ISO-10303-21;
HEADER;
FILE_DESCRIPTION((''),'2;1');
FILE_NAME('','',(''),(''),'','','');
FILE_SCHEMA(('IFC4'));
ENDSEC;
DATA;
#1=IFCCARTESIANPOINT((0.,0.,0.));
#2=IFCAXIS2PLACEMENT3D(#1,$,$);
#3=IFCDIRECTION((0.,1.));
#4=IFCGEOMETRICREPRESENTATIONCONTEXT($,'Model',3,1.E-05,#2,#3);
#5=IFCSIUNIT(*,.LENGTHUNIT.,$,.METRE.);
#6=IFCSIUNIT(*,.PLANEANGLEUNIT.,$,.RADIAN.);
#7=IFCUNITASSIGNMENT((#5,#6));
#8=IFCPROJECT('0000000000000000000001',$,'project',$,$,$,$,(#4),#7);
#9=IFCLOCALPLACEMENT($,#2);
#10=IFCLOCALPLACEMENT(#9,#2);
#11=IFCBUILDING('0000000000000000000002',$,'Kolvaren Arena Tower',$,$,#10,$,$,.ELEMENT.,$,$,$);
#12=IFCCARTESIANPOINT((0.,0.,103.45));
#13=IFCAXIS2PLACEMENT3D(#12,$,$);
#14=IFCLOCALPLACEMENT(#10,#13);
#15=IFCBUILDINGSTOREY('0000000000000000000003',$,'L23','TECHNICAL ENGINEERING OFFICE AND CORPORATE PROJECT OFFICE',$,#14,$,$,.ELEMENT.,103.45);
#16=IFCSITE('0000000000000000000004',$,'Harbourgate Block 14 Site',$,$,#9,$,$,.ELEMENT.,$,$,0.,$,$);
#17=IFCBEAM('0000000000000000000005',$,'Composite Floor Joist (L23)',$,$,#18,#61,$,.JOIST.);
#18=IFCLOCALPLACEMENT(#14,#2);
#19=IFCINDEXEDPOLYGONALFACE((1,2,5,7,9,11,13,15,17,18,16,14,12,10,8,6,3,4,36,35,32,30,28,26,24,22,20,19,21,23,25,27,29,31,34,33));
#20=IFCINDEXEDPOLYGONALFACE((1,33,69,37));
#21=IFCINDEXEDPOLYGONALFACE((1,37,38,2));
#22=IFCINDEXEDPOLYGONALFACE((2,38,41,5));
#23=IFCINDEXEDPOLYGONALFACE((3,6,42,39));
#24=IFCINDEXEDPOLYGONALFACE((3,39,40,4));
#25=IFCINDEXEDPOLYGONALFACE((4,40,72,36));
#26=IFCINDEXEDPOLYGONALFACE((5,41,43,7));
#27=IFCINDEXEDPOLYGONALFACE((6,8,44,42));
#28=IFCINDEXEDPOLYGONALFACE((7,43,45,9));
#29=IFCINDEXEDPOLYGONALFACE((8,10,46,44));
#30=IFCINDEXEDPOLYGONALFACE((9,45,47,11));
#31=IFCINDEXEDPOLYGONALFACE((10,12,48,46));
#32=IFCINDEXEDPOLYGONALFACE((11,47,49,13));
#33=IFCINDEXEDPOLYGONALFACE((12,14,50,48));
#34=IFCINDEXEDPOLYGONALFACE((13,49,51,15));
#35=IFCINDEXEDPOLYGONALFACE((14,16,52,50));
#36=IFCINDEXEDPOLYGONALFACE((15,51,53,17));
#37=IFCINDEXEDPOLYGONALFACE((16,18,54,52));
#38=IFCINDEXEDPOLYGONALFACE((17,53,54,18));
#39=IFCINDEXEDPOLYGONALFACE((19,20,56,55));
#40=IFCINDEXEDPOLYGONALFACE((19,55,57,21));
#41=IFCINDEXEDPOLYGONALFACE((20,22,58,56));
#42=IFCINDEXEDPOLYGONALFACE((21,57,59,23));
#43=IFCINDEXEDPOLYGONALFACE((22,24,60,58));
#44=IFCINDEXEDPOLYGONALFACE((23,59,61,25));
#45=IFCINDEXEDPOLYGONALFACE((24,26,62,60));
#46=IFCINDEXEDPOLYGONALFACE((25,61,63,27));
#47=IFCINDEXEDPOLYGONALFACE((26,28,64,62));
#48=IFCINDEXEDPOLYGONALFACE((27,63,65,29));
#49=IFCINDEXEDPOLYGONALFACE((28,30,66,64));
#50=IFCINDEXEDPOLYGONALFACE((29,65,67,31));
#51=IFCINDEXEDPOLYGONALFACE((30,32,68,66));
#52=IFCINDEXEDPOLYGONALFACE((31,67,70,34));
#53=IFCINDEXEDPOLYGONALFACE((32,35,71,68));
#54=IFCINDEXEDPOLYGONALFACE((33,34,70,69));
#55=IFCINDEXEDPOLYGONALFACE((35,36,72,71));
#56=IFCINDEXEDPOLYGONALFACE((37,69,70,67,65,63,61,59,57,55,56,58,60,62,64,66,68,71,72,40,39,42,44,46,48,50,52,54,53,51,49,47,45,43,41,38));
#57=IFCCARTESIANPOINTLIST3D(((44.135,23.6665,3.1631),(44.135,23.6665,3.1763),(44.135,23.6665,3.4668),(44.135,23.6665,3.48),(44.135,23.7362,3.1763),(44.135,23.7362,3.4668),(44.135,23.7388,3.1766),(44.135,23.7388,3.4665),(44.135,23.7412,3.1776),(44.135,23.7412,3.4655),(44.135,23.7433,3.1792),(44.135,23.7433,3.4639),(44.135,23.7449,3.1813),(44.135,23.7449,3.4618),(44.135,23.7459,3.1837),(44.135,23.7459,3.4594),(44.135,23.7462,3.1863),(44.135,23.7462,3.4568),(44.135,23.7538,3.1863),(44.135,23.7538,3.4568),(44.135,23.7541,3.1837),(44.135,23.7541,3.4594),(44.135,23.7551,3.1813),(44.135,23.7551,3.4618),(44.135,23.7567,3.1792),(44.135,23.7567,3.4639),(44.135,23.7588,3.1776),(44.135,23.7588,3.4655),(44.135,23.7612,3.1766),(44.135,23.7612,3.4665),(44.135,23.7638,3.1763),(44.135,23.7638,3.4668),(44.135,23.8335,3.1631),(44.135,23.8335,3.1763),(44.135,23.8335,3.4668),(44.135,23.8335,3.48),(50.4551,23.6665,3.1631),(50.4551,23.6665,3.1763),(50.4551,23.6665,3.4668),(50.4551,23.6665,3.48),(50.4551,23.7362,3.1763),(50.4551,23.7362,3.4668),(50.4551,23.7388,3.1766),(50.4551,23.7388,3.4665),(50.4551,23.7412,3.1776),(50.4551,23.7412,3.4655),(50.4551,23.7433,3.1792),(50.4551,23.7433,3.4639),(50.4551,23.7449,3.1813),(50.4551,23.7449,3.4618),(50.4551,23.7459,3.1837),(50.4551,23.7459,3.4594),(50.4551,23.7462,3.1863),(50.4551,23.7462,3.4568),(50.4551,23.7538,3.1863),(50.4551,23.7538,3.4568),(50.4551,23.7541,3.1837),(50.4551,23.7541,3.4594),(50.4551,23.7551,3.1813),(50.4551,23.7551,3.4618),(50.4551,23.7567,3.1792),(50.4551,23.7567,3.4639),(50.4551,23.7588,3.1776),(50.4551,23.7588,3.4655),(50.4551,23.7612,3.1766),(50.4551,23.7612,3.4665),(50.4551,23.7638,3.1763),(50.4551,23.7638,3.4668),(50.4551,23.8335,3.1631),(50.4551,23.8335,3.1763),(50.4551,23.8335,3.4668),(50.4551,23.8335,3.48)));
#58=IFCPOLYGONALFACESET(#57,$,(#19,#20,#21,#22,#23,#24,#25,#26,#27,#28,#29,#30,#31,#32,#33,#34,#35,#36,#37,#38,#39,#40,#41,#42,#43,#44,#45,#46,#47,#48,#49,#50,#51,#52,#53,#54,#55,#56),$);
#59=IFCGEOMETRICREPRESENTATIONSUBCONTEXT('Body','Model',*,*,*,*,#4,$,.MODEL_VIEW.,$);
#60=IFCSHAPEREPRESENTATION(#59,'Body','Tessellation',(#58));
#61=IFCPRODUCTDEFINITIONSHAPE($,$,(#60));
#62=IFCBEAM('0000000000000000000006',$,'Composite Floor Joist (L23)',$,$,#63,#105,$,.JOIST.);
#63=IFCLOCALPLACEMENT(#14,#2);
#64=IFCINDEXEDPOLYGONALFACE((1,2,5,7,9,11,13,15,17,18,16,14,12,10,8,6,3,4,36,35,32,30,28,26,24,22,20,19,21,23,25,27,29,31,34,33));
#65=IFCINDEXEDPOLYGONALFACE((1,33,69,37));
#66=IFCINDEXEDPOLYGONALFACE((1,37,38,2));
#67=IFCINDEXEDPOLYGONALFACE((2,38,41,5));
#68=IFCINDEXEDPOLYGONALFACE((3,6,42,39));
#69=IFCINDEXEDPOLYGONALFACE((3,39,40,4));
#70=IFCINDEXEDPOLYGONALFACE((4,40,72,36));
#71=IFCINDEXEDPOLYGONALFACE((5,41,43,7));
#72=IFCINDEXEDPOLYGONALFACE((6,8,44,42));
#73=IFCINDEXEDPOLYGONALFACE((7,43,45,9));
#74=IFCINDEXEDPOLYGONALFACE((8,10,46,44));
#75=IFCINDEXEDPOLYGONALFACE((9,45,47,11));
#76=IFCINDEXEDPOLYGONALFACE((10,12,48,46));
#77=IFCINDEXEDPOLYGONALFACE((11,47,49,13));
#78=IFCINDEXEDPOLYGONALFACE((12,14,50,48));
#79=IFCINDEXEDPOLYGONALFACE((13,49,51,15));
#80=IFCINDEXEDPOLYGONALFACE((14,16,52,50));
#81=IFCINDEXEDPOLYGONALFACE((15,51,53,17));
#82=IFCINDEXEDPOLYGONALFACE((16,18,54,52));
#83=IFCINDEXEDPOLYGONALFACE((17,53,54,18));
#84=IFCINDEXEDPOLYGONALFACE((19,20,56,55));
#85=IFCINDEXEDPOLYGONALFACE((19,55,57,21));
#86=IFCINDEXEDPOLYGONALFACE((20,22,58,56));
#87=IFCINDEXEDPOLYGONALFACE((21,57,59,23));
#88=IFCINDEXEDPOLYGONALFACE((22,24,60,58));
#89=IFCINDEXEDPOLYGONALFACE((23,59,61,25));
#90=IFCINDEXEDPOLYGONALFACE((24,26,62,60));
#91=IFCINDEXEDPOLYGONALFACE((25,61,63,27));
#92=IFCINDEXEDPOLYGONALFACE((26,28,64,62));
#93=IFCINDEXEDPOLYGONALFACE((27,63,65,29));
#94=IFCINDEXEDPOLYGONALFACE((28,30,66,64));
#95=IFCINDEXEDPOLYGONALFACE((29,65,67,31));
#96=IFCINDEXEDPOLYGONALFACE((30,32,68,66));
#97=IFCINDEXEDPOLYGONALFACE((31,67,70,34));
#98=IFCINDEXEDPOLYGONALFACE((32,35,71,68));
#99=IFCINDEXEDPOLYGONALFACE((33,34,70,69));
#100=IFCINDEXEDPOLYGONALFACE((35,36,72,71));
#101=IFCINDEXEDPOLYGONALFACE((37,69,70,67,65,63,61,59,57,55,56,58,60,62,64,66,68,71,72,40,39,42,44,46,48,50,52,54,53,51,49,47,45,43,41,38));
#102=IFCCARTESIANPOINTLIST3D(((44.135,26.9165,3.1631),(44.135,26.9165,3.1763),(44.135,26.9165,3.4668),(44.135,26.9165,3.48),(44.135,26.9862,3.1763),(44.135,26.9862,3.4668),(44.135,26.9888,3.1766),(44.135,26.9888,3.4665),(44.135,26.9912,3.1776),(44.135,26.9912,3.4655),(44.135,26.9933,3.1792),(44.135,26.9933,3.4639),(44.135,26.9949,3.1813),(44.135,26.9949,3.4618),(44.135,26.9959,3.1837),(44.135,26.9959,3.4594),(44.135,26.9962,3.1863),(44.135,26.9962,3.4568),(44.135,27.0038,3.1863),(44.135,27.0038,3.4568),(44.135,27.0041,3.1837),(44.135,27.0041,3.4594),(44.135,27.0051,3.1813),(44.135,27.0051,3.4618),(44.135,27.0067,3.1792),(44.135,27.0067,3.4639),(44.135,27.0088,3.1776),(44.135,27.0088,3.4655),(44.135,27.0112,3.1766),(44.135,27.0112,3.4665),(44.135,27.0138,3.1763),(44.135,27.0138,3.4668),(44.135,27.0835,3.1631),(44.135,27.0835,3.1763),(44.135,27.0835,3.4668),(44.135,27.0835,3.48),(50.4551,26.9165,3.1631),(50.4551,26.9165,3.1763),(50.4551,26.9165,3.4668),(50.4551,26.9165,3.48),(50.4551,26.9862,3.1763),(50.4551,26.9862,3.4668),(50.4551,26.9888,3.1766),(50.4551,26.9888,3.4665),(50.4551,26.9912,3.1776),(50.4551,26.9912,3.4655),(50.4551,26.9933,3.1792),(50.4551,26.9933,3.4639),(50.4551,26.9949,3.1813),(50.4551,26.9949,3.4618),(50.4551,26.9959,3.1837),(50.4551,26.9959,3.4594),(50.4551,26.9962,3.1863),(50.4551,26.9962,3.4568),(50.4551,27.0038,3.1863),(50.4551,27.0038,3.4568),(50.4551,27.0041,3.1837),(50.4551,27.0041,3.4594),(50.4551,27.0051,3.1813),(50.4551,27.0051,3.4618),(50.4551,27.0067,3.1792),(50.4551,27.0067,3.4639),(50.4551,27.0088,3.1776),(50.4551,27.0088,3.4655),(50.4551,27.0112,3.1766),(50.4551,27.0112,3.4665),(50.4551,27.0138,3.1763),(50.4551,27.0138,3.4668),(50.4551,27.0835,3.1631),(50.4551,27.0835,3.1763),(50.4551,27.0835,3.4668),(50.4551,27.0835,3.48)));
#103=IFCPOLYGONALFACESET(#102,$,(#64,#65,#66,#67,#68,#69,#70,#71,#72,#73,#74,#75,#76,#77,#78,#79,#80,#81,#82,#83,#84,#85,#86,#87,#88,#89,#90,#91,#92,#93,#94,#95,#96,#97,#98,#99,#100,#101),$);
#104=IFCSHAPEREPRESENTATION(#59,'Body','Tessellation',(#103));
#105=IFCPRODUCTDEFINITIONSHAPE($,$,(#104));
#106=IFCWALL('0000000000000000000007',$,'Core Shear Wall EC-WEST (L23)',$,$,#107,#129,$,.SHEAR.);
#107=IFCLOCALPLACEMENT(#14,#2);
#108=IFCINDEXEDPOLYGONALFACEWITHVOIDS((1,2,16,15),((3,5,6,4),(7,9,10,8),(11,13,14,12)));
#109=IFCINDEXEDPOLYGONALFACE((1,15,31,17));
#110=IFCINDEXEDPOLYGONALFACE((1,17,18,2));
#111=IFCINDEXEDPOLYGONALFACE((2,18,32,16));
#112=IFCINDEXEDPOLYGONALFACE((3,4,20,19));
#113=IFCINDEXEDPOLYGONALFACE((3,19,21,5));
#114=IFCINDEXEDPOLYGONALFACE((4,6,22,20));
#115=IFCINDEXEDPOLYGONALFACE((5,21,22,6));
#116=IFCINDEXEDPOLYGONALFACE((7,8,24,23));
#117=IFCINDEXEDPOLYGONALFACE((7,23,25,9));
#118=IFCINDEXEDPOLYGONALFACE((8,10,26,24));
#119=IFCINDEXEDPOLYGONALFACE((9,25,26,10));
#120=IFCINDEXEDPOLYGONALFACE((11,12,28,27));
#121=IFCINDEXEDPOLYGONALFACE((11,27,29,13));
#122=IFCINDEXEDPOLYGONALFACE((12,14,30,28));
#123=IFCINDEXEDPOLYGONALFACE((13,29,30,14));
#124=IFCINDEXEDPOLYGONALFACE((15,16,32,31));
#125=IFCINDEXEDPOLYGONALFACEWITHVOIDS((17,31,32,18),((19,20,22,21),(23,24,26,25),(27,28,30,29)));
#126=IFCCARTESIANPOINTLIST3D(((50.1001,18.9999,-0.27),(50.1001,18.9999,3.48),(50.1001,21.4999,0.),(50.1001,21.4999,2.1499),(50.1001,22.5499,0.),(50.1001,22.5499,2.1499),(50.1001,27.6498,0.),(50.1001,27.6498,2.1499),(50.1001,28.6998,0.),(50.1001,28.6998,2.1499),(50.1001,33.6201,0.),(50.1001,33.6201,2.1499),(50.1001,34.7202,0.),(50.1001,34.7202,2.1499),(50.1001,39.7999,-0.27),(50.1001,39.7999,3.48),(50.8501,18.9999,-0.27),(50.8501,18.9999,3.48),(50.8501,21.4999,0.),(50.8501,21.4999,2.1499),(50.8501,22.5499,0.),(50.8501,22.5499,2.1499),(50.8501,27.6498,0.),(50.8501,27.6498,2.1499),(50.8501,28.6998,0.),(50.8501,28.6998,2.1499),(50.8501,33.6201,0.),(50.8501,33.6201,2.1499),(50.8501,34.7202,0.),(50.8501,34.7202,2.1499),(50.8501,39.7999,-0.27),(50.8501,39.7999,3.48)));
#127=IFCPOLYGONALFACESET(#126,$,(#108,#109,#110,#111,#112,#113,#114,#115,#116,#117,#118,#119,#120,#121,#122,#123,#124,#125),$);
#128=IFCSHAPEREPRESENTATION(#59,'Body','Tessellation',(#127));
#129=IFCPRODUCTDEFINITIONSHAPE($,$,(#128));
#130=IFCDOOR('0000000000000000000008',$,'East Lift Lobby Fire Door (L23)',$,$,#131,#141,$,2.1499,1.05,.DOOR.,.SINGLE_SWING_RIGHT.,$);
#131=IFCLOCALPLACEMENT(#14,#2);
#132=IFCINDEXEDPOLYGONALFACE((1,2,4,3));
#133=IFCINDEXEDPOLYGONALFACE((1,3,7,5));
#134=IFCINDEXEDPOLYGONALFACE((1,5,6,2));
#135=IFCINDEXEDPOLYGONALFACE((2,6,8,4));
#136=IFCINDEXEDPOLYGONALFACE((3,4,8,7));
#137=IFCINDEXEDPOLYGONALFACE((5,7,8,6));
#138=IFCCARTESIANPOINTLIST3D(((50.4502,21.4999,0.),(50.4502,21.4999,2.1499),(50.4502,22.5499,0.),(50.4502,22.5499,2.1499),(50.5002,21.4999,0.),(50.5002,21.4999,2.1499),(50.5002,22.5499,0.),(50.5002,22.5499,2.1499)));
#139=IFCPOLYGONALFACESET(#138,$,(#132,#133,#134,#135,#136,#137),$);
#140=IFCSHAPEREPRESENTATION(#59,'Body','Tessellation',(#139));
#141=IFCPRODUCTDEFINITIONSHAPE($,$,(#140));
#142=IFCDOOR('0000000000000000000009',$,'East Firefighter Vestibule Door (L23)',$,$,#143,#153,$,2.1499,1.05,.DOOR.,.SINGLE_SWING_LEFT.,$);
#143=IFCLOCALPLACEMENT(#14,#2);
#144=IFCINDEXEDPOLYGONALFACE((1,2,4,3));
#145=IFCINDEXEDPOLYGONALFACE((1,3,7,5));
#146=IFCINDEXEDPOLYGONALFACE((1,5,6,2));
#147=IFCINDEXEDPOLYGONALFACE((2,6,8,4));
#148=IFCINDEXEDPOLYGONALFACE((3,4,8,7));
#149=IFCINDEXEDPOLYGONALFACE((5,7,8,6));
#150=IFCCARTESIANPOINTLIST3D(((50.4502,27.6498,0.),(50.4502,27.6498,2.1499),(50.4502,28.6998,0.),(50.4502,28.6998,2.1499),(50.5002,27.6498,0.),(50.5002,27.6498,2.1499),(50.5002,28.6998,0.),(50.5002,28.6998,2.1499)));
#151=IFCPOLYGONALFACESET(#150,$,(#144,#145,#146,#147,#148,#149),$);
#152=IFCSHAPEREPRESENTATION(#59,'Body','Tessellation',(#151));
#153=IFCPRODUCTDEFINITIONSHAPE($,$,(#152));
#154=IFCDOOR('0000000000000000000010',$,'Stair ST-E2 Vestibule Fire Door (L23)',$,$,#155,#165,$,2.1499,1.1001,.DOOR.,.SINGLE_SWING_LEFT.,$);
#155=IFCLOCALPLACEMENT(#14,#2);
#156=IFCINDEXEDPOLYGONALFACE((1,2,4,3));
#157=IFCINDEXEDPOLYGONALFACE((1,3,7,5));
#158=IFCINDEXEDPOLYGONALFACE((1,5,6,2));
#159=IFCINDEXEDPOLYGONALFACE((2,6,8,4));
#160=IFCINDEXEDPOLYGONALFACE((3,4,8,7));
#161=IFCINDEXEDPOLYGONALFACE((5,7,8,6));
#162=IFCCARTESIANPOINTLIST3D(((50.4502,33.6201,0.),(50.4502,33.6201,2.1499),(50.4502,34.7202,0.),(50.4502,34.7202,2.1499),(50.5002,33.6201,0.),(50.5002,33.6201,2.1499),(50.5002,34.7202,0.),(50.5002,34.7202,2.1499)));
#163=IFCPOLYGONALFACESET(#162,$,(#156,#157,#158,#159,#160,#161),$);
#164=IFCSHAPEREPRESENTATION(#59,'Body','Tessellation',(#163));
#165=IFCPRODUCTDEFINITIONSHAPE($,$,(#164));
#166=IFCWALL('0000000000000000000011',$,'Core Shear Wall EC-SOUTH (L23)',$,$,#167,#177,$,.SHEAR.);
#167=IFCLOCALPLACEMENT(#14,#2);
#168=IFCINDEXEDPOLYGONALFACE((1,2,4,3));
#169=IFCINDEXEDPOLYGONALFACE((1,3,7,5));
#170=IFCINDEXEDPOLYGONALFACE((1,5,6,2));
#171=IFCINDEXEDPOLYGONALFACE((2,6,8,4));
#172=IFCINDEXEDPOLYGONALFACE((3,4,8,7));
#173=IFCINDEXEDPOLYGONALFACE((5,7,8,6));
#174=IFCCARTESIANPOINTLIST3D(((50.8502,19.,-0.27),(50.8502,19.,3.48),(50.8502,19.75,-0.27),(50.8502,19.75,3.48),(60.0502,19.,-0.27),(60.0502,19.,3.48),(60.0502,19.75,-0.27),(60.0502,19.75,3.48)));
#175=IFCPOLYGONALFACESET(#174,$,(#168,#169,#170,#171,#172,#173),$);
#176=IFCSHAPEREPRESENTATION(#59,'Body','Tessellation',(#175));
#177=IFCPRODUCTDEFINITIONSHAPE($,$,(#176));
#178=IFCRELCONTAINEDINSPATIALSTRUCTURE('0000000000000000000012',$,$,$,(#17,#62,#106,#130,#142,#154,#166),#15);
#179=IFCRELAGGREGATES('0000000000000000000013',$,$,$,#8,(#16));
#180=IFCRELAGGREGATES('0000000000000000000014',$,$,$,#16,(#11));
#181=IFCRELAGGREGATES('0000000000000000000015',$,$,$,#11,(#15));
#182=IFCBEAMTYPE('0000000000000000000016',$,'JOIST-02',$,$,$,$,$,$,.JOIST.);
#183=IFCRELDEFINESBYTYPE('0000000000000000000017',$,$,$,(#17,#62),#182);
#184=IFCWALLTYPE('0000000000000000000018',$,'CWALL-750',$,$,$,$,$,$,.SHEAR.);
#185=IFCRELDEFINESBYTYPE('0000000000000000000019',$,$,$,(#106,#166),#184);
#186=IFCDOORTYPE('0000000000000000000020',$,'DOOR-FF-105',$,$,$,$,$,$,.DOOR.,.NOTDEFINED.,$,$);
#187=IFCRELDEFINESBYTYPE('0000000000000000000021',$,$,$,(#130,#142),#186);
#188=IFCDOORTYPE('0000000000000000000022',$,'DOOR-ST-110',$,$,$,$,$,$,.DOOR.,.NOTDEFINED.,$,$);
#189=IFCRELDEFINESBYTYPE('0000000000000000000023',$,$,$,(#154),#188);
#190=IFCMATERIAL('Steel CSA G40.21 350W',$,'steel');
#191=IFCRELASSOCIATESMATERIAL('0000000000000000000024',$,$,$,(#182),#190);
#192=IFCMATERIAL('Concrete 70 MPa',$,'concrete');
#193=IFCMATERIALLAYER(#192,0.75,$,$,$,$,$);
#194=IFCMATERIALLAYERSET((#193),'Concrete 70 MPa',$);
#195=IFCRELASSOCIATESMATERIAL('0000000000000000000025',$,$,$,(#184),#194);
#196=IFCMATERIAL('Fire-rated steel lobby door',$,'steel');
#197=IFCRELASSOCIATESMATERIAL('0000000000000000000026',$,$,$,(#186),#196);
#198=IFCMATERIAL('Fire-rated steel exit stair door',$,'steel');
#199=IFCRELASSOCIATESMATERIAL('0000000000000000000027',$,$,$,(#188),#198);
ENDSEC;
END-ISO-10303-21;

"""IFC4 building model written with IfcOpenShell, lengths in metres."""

from ifc_helpers import new_model, si_unit, direction, frame, frame_2d, origin, origin_2d, place, context, subcontext, project, spatial, rectangle, i_section, extrude, material, layer, layer_set, material_profile, profile_set, type_object, element, fill, save


model = new_model("IFC4")

# Units and contexts
model_context = context("Model", 3, precision=1e-05, world=origin(), true_north=direction((0.0, 1.0)))
body_context = subcontext(model_context, "Body", "Model", "MODEL_VIEW")
ifc_project = project(units=[si_unit("LENGTHUNIT", "METRE"), si_unit("PLANEANGLEUNIT", "RADIAN")], contexts=[model_context])

# Site, building, storey
site_placement = place(None, origin())
site = spatial("IfcSite", under=ifc_project, at=site_placement, Name="Harbourgate Block 14 Site", CompositionType="ELEMENT", RefElevation=0.0)
building_placement = place(site_placement, origin())
building = spatial("IfcBuilding", under=site, at=building_placement, Name="Kolvaren Arena Tower", CompositionType="ELEMENT")
storey_placement = place(building_placement, frame((0.0, 0.0, 103.45)))
storey = spatial("IfcBuildingStorey", under=building, at=storey_placement, Name="L23", Description="TECHNICAL ENGINEERING OFFICE AND CORPORATE PROJECT OFFICE", CompositionType="ELEMENT", Elevation=103.45)

# Beams
ifc_material_1 = material(Name="Steel CSA G40.21 350W", Category="steel")
ifc_material_profile_1 = material_profile(ifc_material_1, i_section(OverallWidth=0.167, OverallDepth=0.3169, WebThickness=0.0076, FlangeThickness=0.0132, FilletRadius=0.01, at=origin_2d()), Name="W310x52")
ifc_profile_set_1 = profile_set([ifc_material_profile_1], Name="Steel CSA G40.21 350W")
beam_type_1 = type_object("IfcBeamType", Name="JOIST-02", PredefinedType="JOIST", material=ifc_profile_set_1)
for number, where, z_axis, x_axis, name in (
    (1, (44.135, 23.75, 3.3215), (1.0, 0.0, 0.0), (0.0, 1.0, 0.0), "Composite Floor Joist (L23)"),
    (2, (44.135, 27.0, 3.3215), (1.0, 0.0, 0.0), (0.0, 1.0, 0.0), "Composite Floor Joist (L23)"),
):
    element("IfcBeam", number, at=place(storey_placement, frame(where, z_axis=z_axis, x_axis=x_axis)), inside=storey, type_object=beam_type_1, Name=name, PredefinedType="JOIST", context=body_context, shape_type="SweptSolid", body=[
        extrude(i_section(OverallWidth=0.167, OverallDepth=0.3169, WebThickness=0.0076, FlangeThickness=0.0132, FilletRadius=0.01, at=origin_2d()), origin(), (0.0, 0.0, 1.0), 6.3201),
    ])

# Wall, openings, doors
ifc_material_2 = material(Name="Concrete 70 MPa", Category="concrete")
ifc_layer_1 = layer(ifc_material_2, 0.75)
ifc_layer_set_1 = layer_set([ifc_layer_1], Name="Concrete 70 MPa")
wall_type_1 = type_object("IfcWallType", Name="CWALL-750", PredefinedType="SHEAR", material=ifc_layer_set_1)
wall_1_placement = place(storey_placement, frame((50.4751, 19.0, -0.27), z_axis=(0.0, 0.0, 1.0), x_axis=(0.0, 1.0, 0.0)))
wall_1 = element("IfcWall", 3, at=wall_1_placement, inside=storey, type_object=wall_type_1, Name="Core Shear Wall EC-WEST (L23)", PredefinedType="SHEAR", context=body_context, shape_type="SweptSolid", body=[
    extrude(rectangle(XDim=20.8, YDim=0.75, at=frame_2d((10.3999, 0.0))), origin(), (0.0, 0.0, 1.0), 3.75),
])
opening_1_placement = place(wall_1_placement, frame((2.5, 0.0, 0.27)))
opening_1 = element("IfcOpeningElement", 4, at=opening_1_placement, cuts=wall_1, PredefinedType="OPENING", context=body_context, shape_type="SweptSolid", body=[
    extrude(rectangle(XDim=1.05, YDim=2.1499, at=frame_2d((0.5249, 1.075))), frame((0.0, 0.385, 0.0), z_axis=(0.0, -1.0, 0.0), x_axis=(1.0, 0.0, 0.0)), (0.0, 0.0, 1.0), 0.77),
])
opening_2_placement = place(wall_1_placement, frame((8.6499, 0.0, 0.27)))
opening_2 = element("IfcOpeningElement", 5, at=opening_2_placement, cuts=wall_1, PredefinedType="OPENING", context=body_context, shape_type="SweptSolid", body=[
    extrude(rectangle(XDim=1.05, YDim=2.1499, at=frame_2d((0.5249, 1.075))), frame((0.0, 0.385, 0.0), z_axis=(0.0, -1.0, 0.0), x_axis=(1.0, 0.0, 0.0)), (0.0, 0.0, 1.0), 0.77),
])
opening_3_placement = place(wall_1_placement, frame((14.6201, 0.0, 0.27)))
opening_3 = element("IfcOpeningElement", 6, at=opening_3_placement, cuts=wall_1, PredefinedType="OPENING", context=body_context, shape_type="SweptSolid", body=[
    extrude(rectangle(XDim=1.1001, YDim=2.1499, at=frame_2d((0.55, 1.075))), frame((0.0, 0.385, 0.0), z_axis=(0.0, -1.0, 0.0), x_axis=(1.0, 0.0, 0.0)), (0.0, 0.0, 1.0), 0.77),
])
ifc_material_3 = material(Name="Fire-rated steel lobby door", Category="steel")
door_type_1 = type_object("IfcDoorType", Name="DOOR-FF-105", OperationType="NOTDEFINED", PredefinedType="DOOR", material=ifc_material_3)
door_1_placement = place(opening_1_placement, origin())
door_1 = element("IfcDoor", 7, at=door_1_placement, inside=storey, type_object=door_type_1, Name="East Lift Lobby Fire Door (L23)", OperationType="SINGLE_SWING_RIGHT", OverallHeight=2.1499, OverallWidth=1.05, PredefinedType="DOOR", context=body_context, shape_type="SweptSolid", body=[
    extrude(rectangle(XDim=1.05, YDim=2.1499, at=frame_2d((0.5249, 1.075))), frame((0.0, 0.0249, 0.0), z_axis=(0.0, -1.0, 0.0), x_axis=(1.0, 0.0, 0.0)), (0.0, 0.0, 1.0), 0.05),
])
fill(opening_1, door_1)
door_2_placement = place(opening_2_placement, origin())
door_2 = element("IfcDoor", 8, at=door_2_placement, inside=storey, type_object=door_type_1, Name="East Firefighter Vestibule Door (L23)", OperationType="SINGLE_SWING_LEFT", OverallHeight=2.1499, OverallWidth=1.05, PredefinedType="DOOR", context=body_context, shape_type="SweptSolid", body=[
    extrude(rectangle(XDim=1.05, YDim=2.1499, at=frame_2d((0.5249, 1.075))), frame((0.0, 0.0249, 0.0), z_axis=(0.0, -1.0, 0.0), x_axis=(1.0, 0.0, 0.0)), (0.0, 0.0, 1.0), 0.05),
])
fill(opening_2, door_2)
ifc_material_4 = material(Name="Fire-rated steel exit stair door", Category="steel")
door_type_2 = type_object("IfcDoorType", Name="DOOR-ST-110", OperationType="NOTDEFINED", PredefinedType="DOOR", material=ifc_material_4)
door_3_placement = place(opening_3_placement, origin())
door_3 = element("IfcDoor", 9, at=door_3_placement, inside=storey, type_object=door_type_2, Name="Stair ST-E2 Vestibule Fire Door (L23)", OperationType="SINGLE_SWING_LEFT", OverallHeight=2.1499, OverallWidth=1.1001, PredefinedType="DOOR", context=body_context, shape_type="SweptSolid", body=[
    extrude(rectangle(XDim=1.1001, YDim=2.1499, at=frame_2d((0.55, 1.075))), frame((0.0, 0.0249, 0.0), z_axis=(0.0, -1.0, 0.0), x_axis=(1.0, 0.0, 0.0)), (0.0, 0.0, 1.0), 0.05),
])
fill(opening_3, door_3)

# Wall
wall_2_placement = place(storey_placement, frame((50.8501, 19.375, -0.27), z_axis=(0.0, 0.0, 1.0), x_axis=(1.0, 0.0, 0.0)))
element("IfcWall", 10, at=wall_2_placement, inside=storey, type_object=wall_type_1, Name="Core Shear Wall EC-SOUTH (L23)", PredefinedType="SHEAR", context=body_context, shape_type="SweptSolid", body=[
    extrude(rectangle(XDim=9.2, YDim=0.75, at=frame_2d((4.6001, 0.0))), origin(), (0.0, 0.0, 1.0), 3.75),
])

save(model, "model.ifc")
